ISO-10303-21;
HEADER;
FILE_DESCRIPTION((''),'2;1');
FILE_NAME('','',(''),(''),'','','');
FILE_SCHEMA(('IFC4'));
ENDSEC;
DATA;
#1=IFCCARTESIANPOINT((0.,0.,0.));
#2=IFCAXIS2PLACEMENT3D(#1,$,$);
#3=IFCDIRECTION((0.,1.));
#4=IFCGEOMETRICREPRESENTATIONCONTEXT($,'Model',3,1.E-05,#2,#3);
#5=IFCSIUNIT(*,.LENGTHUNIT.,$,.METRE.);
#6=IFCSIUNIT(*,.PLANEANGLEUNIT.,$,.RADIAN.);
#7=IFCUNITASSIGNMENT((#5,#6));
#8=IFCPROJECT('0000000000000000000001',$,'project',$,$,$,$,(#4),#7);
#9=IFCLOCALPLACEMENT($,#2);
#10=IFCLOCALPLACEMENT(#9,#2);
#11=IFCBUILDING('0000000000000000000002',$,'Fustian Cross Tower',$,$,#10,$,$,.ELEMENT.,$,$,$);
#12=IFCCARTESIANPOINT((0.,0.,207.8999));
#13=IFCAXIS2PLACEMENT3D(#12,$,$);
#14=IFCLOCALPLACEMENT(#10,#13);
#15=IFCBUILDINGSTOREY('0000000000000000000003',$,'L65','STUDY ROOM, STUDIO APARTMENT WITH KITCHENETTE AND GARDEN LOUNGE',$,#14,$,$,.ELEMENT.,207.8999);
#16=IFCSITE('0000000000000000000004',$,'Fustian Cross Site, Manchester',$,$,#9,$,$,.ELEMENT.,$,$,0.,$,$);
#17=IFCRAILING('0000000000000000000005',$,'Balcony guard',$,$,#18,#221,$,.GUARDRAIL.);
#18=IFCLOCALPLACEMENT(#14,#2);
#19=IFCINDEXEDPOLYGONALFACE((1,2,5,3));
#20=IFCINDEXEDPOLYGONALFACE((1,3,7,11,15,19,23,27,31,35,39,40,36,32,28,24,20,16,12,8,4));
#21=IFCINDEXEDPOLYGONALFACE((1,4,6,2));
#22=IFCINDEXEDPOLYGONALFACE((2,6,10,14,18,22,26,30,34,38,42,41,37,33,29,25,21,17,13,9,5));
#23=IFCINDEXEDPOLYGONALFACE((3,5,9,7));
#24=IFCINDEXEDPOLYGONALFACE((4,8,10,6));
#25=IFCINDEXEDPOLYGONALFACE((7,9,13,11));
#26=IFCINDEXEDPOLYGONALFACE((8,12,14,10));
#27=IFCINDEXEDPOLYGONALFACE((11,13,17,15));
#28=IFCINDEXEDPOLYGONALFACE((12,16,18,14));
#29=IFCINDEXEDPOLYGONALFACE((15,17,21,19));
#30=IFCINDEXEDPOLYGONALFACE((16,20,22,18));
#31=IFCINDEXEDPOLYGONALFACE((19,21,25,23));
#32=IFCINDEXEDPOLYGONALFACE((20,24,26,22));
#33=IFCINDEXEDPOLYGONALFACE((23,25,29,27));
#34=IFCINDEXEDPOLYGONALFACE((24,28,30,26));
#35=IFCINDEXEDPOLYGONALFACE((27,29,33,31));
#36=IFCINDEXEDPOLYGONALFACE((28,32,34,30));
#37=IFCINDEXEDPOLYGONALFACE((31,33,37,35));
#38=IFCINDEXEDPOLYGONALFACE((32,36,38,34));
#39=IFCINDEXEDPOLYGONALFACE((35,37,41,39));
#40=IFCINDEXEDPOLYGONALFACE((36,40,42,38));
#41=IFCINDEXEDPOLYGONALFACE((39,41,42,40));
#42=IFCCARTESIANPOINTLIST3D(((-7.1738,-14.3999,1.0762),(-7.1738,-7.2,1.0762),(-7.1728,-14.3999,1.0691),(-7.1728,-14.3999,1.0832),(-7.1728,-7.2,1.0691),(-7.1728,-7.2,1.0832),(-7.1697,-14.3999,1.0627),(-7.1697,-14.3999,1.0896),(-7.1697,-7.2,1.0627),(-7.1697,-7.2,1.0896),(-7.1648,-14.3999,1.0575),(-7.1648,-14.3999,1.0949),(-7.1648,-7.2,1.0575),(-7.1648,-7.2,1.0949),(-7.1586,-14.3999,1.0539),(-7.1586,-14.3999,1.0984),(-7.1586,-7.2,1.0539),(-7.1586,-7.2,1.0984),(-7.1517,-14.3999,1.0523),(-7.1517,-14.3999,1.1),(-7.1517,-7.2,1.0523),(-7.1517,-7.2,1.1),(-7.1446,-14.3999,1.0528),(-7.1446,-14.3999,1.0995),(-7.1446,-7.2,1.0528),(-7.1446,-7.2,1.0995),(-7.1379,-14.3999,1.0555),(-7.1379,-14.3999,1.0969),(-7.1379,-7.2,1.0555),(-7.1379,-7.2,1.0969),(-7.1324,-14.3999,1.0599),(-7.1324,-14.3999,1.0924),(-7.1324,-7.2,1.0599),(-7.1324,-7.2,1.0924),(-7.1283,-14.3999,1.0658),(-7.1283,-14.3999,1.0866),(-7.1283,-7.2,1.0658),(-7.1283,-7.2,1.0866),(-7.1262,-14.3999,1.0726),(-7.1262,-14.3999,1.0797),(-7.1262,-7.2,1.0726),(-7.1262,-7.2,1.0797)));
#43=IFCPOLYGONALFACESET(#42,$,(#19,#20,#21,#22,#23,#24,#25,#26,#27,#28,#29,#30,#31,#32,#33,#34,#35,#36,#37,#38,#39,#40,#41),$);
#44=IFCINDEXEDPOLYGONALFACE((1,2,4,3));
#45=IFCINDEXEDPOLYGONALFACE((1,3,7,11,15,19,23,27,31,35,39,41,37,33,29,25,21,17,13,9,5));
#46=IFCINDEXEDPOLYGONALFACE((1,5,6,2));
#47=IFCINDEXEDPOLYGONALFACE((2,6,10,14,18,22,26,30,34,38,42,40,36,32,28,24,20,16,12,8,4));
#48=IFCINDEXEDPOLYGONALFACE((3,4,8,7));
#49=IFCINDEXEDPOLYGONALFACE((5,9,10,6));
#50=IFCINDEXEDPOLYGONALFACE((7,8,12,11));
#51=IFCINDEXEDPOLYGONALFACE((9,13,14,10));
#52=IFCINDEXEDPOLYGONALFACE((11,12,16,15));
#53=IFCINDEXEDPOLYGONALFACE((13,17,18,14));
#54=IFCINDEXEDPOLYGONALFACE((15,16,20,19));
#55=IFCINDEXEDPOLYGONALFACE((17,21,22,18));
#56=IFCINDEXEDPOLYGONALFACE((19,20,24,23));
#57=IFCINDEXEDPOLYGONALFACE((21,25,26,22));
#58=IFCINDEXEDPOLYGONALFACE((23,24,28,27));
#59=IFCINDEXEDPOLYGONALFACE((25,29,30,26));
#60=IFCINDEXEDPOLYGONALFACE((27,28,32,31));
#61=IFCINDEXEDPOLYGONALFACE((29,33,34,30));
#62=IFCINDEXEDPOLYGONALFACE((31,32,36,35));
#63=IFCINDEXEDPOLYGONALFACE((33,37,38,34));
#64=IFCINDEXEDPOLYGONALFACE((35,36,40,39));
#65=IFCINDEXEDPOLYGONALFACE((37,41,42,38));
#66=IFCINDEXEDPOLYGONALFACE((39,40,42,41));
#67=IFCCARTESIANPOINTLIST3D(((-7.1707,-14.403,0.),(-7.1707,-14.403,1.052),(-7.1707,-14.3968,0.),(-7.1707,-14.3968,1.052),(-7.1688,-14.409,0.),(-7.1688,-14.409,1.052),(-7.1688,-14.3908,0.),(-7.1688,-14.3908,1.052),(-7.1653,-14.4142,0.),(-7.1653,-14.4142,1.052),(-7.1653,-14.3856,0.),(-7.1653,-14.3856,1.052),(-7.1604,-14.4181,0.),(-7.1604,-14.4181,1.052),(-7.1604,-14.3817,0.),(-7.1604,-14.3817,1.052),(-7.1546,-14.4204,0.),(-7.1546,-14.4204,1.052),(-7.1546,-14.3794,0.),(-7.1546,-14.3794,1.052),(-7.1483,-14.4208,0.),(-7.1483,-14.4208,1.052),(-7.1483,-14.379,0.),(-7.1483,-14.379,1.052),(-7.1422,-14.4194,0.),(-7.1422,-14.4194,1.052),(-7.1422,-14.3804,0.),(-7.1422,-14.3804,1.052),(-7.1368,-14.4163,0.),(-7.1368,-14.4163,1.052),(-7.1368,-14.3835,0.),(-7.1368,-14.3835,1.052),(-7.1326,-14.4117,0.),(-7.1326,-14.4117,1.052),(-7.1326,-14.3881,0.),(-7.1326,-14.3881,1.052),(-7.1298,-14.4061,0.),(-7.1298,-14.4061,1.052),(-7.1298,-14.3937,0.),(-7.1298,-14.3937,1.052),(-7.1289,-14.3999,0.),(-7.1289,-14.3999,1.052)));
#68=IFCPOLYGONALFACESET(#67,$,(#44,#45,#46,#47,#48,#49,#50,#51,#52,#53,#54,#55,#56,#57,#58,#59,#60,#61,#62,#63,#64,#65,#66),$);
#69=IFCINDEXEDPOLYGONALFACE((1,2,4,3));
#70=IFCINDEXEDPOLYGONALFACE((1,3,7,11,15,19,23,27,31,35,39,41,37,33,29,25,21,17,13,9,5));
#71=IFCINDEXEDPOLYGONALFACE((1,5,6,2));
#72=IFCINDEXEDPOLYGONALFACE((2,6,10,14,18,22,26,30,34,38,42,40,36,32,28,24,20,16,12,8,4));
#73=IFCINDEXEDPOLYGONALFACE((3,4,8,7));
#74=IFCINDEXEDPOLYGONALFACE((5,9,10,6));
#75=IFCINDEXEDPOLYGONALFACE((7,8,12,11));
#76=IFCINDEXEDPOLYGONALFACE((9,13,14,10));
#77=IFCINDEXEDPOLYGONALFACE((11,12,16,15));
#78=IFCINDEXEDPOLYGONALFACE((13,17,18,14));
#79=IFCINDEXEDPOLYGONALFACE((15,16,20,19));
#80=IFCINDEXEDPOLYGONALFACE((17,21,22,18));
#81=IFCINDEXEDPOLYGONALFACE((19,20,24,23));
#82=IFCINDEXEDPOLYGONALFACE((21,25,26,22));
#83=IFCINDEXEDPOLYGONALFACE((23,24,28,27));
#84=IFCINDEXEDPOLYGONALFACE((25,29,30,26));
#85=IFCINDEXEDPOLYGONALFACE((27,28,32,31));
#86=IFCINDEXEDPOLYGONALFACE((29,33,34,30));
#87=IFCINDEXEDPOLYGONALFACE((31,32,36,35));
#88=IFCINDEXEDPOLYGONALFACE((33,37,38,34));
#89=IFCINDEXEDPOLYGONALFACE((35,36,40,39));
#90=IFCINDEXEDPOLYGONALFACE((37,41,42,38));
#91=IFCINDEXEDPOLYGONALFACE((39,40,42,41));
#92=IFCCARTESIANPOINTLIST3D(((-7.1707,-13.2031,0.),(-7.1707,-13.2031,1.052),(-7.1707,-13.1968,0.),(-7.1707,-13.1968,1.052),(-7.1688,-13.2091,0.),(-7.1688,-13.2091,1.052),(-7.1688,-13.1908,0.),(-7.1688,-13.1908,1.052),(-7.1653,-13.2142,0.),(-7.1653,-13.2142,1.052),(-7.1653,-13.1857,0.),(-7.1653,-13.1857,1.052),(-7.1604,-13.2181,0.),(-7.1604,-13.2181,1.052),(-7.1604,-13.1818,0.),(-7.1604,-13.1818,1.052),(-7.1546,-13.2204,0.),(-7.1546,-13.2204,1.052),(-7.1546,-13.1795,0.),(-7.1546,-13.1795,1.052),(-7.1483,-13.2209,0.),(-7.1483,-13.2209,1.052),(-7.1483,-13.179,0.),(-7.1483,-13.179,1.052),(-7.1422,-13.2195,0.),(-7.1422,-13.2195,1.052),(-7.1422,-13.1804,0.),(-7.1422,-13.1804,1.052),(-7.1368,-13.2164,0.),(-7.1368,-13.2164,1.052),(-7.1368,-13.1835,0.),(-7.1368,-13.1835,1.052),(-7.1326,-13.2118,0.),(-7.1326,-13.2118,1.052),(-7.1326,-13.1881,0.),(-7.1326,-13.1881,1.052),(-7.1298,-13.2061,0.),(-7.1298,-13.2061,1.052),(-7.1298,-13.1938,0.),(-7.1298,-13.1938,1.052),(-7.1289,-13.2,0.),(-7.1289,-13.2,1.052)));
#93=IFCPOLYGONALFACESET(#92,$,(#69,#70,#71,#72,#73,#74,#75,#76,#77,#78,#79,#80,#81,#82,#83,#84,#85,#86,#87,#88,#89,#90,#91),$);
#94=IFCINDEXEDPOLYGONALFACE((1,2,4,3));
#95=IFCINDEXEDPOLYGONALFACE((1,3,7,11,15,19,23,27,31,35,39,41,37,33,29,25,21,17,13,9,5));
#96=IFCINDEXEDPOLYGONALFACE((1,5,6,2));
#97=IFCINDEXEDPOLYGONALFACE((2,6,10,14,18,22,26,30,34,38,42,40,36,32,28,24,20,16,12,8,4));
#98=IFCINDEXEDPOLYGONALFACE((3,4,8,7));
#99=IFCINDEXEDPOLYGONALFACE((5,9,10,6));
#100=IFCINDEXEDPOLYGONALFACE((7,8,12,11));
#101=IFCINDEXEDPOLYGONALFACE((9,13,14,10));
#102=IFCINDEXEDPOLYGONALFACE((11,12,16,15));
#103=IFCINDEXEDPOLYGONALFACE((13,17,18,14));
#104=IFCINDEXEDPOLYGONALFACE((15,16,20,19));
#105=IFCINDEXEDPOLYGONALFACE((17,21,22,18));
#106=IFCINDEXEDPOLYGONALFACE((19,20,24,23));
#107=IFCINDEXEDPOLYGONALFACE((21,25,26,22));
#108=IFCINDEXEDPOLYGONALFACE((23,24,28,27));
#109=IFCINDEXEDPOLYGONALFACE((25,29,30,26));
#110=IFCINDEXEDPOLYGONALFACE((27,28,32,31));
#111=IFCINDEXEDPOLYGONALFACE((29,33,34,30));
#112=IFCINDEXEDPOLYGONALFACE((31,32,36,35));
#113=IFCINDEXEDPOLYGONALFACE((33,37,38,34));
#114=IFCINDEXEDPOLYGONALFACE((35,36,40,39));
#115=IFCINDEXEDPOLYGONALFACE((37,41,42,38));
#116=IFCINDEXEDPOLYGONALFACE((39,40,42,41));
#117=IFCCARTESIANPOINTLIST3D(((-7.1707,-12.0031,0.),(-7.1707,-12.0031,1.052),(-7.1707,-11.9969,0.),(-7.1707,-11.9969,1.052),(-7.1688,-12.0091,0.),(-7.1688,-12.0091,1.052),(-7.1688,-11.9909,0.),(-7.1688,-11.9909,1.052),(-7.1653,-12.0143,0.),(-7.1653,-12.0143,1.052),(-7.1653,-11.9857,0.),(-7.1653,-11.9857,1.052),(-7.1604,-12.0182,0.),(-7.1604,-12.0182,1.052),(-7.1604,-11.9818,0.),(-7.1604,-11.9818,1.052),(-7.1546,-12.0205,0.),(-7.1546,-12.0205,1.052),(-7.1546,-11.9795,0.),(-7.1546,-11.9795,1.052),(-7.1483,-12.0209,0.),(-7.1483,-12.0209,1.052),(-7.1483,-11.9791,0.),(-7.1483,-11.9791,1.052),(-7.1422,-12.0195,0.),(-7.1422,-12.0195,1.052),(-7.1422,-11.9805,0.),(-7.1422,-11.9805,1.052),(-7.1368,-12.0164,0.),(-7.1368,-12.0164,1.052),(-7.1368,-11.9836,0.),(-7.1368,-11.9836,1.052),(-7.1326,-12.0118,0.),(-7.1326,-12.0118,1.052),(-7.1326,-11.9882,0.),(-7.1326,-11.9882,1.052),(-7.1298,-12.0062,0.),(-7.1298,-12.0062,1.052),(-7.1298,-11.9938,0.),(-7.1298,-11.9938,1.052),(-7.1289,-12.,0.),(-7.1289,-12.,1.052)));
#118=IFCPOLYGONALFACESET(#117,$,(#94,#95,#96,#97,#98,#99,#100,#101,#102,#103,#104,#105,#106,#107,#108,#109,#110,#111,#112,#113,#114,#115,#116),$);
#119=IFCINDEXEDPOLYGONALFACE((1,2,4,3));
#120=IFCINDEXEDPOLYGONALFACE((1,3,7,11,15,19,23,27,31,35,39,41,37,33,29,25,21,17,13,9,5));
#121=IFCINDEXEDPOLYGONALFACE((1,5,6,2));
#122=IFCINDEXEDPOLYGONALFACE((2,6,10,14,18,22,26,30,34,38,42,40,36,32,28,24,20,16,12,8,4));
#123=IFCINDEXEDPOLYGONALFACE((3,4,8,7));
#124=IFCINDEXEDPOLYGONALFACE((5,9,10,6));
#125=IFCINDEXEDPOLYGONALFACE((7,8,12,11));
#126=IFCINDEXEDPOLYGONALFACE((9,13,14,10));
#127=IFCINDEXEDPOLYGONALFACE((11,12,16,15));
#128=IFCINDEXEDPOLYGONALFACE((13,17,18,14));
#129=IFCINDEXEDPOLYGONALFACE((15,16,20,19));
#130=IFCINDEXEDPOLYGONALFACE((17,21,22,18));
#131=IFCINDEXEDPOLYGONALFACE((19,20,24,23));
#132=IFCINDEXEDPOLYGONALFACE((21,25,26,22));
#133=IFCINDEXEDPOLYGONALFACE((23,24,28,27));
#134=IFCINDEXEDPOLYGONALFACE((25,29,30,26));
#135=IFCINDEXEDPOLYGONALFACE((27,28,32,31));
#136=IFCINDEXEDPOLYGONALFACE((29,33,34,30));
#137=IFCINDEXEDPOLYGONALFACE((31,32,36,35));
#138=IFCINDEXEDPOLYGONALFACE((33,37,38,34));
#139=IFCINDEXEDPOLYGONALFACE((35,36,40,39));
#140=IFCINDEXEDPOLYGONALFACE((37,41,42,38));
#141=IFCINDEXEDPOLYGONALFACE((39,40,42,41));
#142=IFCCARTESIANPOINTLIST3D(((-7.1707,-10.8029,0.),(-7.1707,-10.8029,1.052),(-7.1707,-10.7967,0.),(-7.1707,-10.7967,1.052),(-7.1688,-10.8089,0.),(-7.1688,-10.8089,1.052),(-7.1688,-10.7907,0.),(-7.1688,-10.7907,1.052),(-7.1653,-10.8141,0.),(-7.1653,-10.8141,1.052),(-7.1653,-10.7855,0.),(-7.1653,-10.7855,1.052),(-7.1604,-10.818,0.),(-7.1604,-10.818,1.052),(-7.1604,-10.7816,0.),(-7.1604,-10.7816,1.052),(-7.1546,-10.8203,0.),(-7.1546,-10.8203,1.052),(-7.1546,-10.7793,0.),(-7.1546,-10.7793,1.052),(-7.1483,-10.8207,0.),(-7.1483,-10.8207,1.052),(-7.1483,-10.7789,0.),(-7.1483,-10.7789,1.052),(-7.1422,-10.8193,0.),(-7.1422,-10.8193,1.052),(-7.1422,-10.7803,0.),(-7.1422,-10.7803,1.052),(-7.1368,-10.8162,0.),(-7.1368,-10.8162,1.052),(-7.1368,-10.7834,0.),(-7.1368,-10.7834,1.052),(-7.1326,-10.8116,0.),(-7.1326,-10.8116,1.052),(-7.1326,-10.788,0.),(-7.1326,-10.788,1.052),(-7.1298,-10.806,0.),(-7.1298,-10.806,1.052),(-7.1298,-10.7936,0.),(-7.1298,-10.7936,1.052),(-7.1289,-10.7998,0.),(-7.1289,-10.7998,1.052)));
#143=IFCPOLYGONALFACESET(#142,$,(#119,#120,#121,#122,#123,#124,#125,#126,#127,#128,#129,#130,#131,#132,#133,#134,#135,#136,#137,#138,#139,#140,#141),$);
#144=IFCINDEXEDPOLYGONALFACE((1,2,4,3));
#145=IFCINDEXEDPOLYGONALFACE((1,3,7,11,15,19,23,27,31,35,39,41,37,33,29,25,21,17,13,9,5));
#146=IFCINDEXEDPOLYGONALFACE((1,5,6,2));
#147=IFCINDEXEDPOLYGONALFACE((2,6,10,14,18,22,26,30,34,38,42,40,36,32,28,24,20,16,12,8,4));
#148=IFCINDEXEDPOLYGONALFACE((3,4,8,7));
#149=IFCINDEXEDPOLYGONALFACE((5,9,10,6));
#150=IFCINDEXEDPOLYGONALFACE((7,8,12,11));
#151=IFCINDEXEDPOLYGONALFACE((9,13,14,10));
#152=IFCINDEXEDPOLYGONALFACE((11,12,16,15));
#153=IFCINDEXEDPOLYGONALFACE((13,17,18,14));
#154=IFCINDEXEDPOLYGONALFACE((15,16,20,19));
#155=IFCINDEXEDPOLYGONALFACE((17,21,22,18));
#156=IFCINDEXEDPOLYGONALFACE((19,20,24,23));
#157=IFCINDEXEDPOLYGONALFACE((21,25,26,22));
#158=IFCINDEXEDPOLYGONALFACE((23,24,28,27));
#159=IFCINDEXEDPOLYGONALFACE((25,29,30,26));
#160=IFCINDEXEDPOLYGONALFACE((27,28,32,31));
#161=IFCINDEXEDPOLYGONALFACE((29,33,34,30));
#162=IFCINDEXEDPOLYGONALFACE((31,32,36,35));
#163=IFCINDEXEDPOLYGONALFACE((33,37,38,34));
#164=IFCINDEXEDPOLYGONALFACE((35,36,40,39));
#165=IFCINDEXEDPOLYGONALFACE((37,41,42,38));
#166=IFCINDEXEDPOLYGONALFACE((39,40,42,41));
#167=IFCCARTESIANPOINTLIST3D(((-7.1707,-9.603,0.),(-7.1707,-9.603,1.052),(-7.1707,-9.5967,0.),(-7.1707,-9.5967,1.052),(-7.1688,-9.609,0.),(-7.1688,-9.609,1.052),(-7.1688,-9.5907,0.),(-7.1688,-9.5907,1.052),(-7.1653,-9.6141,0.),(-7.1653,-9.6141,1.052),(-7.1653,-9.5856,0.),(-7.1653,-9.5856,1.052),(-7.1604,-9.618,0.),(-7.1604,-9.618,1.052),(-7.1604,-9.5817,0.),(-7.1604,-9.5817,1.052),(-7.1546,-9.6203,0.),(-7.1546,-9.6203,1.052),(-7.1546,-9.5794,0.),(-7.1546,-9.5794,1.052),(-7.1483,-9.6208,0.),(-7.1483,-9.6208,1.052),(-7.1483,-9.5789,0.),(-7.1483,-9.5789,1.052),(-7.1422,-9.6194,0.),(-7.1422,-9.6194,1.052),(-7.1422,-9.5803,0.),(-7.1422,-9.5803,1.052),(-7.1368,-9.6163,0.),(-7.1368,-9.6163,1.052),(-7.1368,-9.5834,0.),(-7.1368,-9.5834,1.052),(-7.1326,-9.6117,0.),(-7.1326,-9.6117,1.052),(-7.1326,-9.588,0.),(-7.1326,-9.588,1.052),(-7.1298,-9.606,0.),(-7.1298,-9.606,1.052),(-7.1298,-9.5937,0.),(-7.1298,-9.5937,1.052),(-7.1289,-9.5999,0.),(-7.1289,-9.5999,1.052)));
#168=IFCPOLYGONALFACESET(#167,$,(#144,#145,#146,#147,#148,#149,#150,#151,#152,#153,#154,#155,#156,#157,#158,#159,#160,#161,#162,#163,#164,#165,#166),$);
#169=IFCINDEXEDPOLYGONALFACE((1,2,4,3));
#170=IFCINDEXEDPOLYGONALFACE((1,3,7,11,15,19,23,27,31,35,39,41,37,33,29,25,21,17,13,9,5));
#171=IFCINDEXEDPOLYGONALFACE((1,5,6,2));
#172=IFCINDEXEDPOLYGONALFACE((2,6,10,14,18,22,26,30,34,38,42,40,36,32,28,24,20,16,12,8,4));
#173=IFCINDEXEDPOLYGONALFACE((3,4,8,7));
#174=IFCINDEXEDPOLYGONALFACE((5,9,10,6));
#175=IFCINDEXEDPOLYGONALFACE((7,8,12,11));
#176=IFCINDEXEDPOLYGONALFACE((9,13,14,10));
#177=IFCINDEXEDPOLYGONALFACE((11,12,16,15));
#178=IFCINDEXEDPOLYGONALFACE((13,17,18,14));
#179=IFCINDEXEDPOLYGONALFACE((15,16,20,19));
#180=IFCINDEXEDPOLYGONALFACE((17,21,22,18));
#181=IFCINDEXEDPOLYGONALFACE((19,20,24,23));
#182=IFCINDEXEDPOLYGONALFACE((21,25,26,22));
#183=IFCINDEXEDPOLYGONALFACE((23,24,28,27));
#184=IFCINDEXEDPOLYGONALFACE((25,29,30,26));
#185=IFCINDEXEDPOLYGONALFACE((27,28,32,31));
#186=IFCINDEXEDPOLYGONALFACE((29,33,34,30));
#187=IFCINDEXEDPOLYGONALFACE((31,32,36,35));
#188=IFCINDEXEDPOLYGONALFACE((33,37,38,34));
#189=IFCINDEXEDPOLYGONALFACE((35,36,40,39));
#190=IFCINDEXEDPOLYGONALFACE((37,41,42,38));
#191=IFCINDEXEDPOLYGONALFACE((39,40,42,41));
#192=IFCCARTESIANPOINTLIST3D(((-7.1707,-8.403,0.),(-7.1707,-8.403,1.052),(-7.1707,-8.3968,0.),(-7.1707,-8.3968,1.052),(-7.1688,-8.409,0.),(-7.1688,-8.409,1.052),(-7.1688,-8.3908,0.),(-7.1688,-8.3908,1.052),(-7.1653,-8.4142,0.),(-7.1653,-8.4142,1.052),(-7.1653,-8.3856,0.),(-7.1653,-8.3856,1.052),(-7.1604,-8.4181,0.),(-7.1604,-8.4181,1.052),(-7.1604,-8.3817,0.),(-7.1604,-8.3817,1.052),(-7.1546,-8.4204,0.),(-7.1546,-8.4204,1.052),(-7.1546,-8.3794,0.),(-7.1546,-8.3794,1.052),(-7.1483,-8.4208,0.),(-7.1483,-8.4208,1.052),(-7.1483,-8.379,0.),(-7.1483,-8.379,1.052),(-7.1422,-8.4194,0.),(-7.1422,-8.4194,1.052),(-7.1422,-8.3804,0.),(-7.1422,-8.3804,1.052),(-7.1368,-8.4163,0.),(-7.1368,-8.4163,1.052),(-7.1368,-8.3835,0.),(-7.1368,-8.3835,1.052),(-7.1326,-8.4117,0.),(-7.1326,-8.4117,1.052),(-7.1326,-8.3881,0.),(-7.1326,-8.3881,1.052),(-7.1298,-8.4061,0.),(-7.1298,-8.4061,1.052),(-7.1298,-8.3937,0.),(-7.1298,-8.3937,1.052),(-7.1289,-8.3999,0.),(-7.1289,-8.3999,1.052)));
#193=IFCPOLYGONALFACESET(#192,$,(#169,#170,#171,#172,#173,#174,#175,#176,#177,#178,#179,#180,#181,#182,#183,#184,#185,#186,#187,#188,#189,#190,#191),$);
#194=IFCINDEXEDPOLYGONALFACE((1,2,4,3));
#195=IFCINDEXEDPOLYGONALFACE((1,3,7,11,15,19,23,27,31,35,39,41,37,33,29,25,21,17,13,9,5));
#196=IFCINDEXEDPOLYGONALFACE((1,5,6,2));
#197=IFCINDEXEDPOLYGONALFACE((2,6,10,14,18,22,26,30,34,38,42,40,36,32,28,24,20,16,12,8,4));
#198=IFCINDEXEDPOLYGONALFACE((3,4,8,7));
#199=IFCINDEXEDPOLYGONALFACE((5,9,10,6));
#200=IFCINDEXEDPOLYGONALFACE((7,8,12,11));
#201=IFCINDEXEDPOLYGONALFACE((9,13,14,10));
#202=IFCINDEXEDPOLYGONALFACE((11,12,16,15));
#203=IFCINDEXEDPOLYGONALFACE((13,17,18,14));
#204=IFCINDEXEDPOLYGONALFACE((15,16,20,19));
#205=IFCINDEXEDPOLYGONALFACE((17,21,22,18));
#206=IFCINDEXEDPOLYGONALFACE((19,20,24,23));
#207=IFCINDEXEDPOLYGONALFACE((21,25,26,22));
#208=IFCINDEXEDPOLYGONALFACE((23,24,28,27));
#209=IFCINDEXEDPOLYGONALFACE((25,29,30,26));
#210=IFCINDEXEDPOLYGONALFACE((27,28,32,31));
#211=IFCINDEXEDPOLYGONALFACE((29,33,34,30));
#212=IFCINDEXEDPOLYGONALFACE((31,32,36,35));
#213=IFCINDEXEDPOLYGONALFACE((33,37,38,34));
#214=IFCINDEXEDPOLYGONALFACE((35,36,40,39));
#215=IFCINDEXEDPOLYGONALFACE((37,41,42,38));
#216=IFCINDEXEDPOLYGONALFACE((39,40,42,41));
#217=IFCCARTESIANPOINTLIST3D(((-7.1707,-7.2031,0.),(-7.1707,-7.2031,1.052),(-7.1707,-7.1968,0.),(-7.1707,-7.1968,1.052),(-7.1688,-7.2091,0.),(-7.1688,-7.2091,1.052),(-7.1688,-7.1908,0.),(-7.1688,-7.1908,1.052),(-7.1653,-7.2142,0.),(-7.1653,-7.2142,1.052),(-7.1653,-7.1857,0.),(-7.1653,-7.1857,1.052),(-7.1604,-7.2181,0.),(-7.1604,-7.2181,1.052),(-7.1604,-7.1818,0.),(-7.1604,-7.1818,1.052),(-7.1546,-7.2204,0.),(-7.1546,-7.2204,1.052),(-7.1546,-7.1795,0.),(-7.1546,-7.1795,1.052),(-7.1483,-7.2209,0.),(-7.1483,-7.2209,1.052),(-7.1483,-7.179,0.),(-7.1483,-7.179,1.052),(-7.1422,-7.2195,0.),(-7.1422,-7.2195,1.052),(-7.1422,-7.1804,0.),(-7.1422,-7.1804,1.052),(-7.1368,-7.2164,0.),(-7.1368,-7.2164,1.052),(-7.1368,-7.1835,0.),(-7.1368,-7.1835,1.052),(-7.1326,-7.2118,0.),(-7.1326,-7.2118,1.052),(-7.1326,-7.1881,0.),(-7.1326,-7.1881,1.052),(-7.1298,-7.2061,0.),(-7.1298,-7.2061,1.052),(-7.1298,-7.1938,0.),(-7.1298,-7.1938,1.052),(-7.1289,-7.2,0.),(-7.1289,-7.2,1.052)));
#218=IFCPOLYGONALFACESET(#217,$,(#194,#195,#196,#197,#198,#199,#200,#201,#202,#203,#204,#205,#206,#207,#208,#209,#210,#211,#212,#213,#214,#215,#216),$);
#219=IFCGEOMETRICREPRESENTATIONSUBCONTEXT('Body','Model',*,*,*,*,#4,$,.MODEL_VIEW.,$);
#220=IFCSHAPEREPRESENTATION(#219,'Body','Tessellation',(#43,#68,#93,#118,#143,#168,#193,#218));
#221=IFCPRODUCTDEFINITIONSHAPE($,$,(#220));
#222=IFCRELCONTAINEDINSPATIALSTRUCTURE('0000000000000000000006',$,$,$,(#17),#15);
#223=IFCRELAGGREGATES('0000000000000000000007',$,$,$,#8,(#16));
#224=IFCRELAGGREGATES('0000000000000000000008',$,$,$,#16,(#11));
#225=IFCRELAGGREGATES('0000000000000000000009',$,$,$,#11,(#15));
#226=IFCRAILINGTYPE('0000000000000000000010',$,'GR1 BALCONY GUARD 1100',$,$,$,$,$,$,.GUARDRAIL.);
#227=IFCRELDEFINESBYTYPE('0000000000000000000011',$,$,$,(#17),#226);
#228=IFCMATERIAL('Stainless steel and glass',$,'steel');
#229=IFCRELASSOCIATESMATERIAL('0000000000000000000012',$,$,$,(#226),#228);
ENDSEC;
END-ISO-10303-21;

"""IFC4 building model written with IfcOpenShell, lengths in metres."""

from ifc_helpers import new_model, si_unit, direction, frame, origin, origin_2d, place, context, subcontext, project, spatial, circle, extrude, material, type_object, element, save


model = new_model("IFC4")

# Units and contexts
model_context = context("Model", 3, precision=1e-05, world=origin(), true_north=direction((0.0, 1.0)))
body_context = subcontext(model_context, "Body", "Model", "MODEL_VIEW")
ifc_project = project(units=[si_unit("LENGTHUNIT", "METRE"), si_unit("PLANEANGLEUNIT", "RADIAN")], contexts=[model_context])

# Site, building, storey
site_placement = place(None, origin())
site = spatial("IfcSite", under=ifc_project, at=site_placement, Name="Fustian Cross Site, Manchester", CompositionType="ELEMENT", RefElevation=0.0)
building_placement = place(site_placement, origin())
building = spatial("IfcBuilding", under=site, at=building_placement, Name="Fustian Cross Tower", CompositionType="ELEMENT")
storey_placement = place(building_placement, frame((0.0, 0.0, 207.8999)))
storey = spatial("IfcBuildingStorey", under=building, at=storey_placement, Name="L65", Description="STUDY ROOM, STUDIO APARTMENT WITH KITCHENETTE AND GARDEN LOUNGE", CompositionType="ELEMENT", Elevation=207.8999)

# Railing
ifc_material_1 = material(Name="Stainless steel and glass", Category="steel")
railing_type_1 = type_object("IfcRailingType", Name="GR1 BALCONY GUARD 1100", PredefinedType="GUARDRAIL", material=ifc_material_1)
railing_1_placement = place(storey_placement, frame((-7.1499, -14.3999, 0.0)))
element("IfcRailing", 1, at=railing_1_placement, inside=storey, type_object=railing_type_1, Name="Balcony guard", PredefinedType="GUARDRAIL", context=body_context, shape_type="SweptSolid", body=[
    extrude(circle(Radius=0.0239, at=origin_2d()), frame((0.0, 0.0, 1.0762), z_axis=(0.0, 1.0, 0.0), x_axis=(-1.0, 0.0, 0.0)), (0.0, 0.0, 1.0), 7.2),
    extrude(circle(Radius=0.021, at=origin_2d()), origin(), (0.0, 0.0, 1.0), 1.052),
    extrude(circle(Radius=0.021, at=origin_2d()), frame((0.0, 1.2, 0.0)), (0.0, 0.0, 1.0), 1.052),
    extrude(circle(Radius=0.021, at=origin_2d()), frame((0.0, 2.3999, 0.0)), (0.0, 0.0, 1.0), 1.052),
    extrude(circle(Radius=0.021, at=origin_2d()), frame((0.0, 3.6001, 0.0)), (0.0, 0.0, 1.0), 1.052),
    extrude(circle(Radius=0.021, at=origin_2d()), frame((0.0, 4.8, 0.0)), (0.0, 0.0, 1.0), 1.052),
    extrude(circle(Radius=0.021, at=origin_2d()), frame((0.0, 6.0, 0.0)), (0.0, 0.0, 1.0), 1.052),
    extrude(circle(Radius=0.021, at=origin_2d()), frame((0.0, 7.2, 0.0)), (0.0, 0.0, 1.0), 1.052),
])

save(model, "model.ifc")
